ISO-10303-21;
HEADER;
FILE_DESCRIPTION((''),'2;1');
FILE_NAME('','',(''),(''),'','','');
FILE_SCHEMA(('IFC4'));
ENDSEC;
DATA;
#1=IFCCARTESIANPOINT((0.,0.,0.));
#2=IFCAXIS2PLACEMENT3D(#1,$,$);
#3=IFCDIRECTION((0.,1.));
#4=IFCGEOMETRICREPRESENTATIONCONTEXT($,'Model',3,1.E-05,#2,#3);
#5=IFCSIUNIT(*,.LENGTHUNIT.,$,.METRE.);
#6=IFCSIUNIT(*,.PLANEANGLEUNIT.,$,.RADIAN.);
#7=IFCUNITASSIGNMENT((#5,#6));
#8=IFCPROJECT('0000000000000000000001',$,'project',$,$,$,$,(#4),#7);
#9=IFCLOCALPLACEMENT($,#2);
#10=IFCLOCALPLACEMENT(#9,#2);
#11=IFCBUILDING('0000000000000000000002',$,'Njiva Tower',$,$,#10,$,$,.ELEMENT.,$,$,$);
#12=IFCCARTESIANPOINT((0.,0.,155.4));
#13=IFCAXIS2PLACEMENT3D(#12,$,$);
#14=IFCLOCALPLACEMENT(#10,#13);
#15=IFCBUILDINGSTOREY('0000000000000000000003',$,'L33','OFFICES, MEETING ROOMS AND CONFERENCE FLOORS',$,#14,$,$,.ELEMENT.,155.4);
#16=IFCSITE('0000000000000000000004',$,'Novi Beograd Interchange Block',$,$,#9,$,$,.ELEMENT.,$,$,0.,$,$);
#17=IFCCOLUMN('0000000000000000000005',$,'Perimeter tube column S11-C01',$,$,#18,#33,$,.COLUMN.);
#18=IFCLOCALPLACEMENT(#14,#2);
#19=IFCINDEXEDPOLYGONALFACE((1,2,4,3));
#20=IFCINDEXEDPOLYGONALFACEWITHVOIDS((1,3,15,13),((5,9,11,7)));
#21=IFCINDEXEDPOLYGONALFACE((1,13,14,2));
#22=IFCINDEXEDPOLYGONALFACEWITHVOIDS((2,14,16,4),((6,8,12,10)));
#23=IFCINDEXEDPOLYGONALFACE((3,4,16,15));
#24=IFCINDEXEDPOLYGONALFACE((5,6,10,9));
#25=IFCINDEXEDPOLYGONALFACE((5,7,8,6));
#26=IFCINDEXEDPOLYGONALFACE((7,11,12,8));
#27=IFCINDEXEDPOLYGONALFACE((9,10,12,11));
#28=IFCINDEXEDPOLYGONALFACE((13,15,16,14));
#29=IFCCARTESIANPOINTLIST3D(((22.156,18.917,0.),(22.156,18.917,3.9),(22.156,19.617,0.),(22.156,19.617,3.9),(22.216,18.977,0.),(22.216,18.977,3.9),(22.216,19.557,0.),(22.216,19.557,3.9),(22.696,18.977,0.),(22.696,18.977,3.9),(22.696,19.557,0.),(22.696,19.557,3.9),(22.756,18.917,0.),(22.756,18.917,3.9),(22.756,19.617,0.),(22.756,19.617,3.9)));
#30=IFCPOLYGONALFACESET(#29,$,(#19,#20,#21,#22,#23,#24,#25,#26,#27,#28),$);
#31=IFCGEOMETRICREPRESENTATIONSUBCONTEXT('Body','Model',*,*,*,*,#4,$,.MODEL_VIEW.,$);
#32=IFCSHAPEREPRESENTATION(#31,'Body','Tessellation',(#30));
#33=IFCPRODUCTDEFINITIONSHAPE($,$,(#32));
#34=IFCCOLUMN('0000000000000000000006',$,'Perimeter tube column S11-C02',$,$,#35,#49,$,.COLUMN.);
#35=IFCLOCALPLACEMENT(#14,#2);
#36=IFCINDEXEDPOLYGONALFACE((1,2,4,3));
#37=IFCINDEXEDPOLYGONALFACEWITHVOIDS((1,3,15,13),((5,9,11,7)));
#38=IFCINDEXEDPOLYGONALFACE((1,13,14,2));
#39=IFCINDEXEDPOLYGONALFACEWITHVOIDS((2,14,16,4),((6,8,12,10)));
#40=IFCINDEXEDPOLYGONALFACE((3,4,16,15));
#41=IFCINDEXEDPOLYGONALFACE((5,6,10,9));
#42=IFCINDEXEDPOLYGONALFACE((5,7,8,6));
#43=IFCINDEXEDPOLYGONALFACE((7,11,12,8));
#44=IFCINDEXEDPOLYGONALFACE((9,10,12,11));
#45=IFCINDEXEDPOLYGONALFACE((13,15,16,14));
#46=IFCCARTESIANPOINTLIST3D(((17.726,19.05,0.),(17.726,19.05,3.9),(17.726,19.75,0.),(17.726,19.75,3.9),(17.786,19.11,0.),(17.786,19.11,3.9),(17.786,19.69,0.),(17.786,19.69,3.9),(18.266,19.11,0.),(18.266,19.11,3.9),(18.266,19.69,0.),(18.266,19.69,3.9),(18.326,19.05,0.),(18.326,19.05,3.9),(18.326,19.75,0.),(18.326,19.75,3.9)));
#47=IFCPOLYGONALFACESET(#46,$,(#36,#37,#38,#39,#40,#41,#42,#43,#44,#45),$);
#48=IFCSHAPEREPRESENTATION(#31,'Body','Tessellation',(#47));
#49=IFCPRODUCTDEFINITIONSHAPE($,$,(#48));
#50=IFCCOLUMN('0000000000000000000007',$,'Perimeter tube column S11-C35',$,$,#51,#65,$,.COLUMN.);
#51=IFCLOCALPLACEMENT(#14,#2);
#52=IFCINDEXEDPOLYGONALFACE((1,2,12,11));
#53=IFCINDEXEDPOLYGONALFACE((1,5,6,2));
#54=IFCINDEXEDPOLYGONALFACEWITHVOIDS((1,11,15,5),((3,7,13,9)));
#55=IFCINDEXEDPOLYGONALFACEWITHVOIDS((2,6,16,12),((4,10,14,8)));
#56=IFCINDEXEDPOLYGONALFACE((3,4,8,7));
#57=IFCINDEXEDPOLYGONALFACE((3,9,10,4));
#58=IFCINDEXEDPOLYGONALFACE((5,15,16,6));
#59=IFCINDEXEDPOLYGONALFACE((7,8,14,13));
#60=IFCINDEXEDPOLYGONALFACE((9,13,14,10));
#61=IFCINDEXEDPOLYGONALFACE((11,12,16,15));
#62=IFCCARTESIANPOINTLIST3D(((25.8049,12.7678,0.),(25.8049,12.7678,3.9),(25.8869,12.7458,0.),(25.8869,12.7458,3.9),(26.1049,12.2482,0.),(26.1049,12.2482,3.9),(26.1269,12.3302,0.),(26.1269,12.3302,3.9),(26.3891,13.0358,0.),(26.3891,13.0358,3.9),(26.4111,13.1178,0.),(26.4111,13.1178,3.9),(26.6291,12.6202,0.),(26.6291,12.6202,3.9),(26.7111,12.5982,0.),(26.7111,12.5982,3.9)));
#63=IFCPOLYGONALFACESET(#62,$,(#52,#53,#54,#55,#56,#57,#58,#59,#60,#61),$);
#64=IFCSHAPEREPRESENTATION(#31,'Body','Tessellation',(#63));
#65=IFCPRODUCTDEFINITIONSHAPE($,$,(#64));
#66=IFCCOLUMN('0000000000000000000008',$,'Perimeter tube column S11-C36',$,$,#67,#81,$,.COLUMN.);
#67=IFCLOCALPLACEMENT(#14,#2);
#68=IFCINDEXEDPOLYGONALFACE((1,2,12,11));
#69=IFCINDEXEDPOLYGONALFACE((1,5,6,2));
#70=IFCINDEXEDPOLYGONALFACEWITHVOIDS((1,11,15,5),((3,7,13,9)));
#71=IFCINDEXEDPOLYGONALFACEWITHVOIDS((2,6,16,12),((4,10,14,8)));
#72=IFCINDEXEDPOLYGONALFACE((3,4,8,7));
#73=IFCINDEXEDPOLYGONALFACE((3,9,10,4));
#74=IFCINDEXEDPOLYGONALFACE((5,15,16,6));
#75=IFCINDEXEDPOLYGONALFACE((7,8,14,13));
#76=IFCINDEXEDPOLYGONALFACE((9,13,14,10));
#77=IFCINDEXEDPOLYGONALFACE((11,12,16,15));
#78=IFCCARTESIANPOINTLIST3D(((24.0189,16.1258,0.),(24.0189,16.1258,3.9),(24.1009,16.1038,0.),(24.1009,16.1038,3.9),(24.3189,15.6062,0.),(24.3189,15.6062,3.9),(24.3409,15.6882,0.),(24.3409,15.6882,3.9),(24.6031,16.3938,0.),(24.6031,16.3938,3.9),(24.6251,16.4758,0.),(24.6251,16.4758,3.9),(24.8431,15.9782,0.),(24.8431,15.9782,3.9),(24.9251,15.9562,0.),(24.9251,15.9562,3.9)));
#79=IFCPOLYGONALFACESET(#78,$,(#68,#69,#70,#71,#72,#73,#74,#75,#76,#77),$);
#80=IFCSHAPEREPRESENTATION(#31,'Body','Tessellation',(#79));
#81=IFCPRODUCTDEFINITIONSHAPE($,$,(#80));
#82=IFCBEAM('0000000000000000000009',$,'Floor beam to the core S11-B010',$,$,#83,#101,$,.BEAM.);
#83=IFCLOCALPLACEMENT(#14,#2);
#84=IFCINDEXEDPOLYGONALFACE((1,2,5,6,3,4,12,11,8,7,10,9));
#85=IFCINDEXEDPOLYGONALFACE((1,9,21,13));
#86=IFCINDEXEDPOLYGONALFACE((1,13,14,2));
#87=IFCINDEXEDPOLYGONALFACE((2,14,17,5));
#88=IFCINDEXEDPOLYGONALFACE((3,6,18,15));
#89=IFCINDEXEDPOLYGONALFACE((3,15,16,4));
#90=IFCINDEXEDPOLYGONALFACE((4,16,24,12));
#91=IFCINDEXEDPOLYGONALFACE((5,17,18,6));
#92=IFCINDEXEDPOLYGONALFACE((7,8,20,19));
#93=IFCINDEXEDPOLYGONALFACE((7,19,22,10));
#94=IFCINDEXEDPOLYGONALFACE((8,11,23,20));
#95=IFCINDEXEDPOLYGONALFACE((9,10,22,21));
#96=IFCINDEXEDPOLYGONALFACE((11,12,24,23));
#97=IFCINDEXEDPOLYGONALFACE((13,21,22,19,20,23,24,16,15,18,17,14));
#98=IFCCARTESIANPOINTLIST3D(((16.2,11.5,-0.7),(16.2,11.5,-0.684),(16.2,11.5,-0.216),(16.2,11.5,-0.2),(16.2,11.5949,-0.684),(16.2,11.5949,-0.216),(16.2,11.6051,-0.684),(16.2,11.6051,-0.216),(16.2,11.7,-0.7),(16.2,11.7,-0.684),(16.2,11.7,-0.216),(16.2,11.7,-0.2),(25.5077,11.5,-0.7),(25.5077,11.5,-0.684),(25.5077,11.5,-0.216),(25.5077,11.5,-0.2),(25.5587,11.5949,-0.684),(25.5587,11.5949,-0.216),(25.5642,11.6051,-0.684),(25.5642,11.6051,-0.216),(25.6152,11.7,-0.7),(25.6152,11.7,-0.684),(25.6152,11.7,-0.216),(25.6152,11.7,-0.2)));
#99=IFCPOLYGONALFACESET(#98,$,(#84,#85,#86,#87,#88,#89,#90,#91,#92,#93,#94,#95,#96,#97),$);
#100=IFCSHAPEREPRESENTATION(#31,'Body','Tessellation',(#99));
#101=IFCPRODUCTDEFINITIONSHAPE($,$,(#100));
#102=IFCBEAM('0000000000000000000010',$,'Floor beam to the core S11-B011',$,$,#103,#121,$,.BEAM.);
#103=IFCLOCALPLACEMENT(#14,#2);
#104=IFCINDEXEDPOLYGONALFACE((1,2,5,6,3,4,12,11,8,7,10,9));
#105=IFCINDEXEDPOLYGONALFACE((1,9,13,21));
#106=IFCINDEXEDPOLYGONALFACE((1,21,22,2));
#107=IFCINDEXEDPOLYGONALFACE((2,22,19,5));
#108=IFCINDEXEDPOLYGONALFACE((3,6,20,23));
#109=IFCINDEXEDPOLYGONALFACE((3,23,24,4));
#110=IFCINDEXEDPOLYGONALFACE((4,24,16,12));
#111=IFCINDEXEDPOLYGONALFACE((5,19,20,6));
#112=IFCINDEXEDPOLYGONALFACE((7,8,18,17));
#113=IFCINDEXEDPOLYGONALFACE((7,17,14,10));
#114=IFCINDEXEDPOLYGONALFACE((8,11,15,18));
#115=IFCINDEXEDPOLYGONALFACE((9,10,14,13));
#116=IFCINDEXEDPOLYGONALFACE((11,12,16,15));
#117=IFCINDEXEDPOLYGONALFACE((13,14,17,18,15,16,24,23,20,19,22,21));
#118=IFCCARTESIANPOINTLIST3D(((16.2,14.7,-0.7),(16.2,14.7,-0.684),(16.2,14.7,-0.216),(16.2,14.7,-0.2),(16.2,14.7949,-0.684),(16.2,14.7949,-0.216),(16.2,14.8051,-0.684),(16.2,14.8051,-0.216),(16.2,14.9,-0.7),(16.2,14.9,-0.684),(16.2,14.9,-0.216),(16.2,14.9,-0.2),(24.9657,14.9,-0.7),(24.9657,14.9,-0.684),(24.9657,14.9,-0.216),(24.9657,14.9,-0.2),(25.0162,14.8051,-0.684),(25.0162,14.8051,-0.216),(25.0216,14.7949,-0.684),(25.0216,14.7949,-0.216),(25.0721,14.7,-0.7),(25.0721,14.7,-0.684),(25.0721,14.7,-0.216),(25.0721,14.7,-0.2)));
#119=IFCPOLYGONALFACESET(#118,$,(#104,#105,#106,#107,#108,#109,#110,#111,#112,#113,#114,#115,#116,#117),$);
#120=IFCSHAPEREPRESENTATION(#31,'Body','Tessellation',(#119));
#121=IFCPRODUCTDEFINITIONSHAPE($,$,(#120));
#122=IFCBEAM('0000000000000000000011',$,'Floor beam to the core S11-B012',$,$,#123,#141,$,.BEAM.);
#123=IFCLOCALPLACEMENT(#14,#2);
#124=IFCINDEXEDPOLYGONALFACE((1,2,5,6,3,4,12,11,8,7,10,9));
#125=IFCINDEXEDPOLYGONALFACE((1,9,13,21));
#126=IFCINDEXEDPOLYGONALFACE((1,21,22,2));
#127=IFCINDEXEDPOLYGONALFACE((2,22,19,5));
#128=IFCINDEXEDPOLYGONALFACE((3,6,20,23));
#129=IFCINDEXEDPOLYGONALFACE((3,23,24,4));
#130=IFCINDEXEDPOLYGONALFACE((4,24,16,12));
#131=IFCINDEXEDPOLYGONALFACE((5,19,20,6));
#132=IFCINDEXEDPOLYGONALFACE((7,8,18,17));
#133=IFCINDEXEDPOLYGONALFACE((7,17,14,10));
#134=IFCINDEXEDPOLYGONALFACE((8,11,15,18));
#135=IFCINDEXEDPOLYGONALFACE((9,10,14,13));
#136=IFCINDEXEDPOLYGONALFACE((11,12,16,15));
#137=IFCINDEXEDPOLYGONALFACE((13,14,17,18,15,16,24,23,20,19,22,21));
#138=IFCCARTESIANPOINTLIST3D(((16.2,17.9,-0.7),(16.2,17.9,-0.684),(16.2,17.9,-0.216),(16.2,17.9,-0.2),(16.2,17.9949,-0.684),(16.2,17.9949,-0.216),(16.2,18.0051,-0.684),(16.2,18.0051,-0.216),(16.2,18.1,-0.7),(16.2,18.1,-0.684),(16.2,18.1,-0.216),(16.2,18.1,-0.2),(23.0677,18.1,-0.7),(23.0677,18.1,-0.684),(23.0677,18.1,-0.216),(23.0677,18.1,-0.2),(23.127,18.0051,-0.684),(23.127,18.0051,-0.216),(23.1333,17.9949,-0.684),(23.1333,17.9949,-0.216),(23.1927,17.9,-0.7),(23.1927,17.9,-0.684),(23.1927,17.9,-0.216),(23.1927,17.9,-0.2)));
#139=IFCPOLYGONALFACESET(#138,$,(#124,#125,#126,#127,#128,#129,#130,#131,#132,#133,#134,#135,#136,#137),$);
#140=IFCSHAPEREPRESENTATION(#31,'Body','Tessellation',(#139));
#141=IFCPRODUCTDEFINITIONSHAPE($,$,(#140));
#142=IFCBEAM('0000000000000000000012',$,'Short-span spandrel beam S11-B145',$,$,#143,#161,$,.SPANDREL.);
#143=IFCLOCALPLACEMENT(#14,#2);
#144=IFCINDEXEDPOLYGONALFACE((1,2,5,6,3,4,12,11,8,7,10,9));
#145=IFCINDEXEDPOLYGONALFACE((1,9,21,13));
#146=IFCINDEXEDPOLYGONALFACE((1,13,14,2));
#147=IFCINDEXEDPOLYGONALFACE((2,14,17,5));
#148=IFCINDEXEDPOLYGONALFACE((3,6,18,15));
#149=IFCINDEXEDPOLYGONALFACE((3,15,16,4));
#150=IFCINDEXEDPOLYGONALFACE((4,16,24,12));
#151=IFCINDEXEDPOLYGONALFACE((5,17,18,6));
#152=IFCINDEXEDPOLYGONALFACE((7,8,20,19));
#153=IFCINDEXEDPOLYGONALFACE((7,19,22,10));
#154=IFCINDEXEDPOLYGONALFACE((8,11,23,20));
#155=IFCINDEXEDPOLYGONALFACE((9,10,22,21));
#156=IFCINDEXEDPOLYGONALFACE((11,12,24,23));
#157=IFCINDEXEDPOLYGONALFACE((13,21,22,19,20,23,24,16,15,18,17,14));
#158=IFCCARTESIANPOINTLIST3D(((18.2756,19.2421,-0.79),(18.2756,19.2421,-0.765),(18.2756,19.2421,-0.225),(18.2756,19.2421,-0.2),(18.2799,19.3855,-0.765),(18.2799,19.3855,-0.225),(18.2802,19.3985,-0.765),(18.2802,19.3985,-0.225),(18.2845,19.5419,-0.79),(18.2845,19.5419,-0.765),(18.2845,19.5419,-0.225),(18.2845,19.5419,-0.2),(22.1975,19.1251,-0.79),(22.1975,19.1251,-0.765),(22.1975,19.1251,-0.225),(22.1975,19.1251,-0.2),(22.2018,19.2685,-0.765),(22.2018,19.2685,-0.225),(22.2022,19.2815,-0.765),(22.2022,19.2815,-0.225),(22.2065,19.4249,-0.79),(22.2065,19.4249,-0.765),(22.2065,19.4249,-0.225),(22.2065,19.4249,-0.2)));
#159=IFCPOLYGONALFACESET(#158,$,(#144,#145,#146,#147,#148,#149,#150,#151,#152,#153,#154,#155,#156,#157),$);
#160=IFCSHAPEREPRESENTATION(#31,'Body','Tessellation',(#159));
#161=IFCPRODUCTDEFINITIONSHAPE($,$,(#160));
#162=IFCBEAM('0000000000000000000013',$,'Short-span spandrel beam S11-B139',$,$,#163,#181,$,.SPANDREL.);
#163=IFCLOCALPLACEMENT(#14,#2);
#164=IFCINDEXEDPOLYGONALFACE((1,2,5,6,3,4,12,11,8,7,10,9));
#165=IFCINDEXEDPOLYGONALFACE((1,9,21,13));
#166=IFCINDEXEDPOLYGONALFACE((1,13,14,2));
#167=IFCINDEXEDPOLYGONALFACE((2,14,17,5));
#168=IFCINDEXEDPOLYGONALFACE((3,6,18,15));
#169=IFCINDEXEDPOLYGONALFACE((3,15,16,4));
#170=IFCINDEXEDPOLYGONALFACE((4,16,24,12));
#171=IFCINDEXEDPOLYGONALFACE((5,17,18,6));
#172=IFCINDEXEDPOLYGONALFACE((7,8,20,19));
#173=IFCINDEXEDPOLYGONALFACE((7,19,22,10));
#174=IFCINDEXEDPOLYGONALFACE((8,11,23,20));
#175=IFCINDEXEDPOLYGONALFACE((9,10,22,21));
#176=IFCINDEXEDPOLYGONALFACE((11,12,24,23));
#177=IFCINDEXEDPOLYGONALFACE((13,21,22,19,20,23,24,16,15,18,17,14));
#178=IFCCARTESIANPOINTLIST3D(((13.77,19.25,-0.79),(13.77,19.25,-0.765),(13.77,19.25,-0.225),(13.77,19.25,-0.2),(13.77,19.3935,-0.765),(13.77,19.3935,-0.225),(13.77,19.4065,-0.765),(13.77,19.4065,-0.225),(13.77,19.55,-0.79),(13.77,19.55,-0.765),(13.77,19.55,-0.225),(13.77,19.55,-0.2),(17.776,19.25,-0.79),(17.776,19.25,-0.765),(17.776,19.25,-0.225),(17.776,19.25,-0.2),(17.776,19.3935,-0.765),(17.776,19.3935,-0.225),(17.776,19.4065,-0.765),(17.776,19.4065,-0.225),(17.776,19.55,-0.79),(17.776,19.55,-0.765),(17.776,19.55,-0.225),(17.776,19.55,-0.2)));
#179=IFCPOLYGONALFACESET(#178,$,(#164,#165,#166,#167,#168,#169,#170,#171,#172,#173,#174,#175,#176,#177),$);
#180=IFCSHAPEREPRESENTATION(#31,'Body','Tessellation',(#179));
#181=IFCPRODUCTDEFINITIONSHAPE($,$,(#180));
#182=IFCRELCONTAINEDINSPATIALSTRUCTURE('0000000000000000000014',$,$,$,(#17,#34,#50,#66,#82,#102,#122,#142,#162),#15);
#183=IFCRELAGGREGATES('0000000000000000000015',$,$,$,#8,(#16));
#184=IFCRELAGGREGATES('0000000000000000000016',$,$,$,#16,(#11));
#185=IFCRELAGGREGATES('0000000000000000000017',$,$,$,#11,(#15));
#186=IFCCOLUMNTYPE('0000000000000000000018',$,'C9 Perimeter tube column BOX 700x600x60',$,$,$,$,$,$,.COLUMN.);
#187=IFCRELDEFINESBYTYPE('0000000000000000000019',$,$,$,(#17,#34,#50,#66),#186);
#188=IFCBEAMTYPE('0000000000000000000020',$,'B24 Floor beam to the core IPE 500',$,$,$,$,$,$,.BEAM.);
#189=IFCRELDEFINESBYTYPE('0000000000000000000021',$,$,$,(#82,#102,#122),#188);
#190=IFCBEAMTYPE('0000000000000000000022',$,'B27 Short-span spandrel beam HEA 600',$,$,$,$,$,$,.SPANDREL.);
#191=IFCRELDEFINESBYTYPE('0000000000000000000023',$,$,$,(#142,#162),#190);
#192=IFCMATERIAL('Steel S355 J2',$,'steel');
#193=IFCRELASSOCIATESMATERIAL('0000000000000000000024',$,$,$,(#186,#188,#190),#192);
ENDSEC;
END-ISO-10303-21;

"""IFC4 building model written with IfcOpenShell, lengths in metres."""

from ifc_helpers import new_model, si_unit, direction, frame, origin, origin_2d, place, context, subcontext, project, spatial, hollow_rectangle, i_section, extrude, clip, halfspace, material, material_profile, profile_set, type_object, element, save


model = new_model("IFC4")

# Units and contexts
model_context = context("Model", 3, precision=1e-05, world=origin(), true_north=direction((0.0, 1.0)))
body_context = subcontext(model_context, "Body", "Model", "MODEL_VIEW")
ifc_project = project(units=[si_unit("LENGTHUNIT", "METRE"), si_unit("PLANEANGLEUNIT", "RADIAN")], contexts=[model_context])

# Site, building, storey
site_placement = place(None, origin())
site = spatial("IfcSite", under=ifc_project, at=site_placement, Name="Novi Beograd Interchange Block", CompositionType="ELEMENT", RefElevation=0.0)
building_placement = place(site_placement, origin())
building = spatial("IfcBuilding", under=site, at=building_placement, Name="Njiva Tower", CompositionType="ELEMENT")
storey_placement = place(building_placement, frame((0.0, 0.0, 155.4)))
storey = spatial("IfcBuildingStorey", under=building, at=storey_placement, Name="L33", Description="OFFICES, MEETING ROOMS AND CONFERENCE FLOORS", CompositionType="ELEMENT", Elevation=155.4)

# Columns
ifc_material_1 = material(Name="Steel S355 J2", Category="steel")
ifc_material_profile_1 = material_profile(ifc_material_1, hollow_rectangle(XDim=0.6, YDim=0.7, WallThickness=0.06, at=origin_2d()), Name="BOX 700x600x60")
ifc_profile_set_1 = profile_set([ifc_material_profile_1], Name="Steel S355 J2")
column_type = type_object("IfcColumnType", Name="C9 Perimeter tube column BOX 700x600x60", PredefinedType="COLUMN", material=ifc_profile_set_1)
for number, where, z_axis, x_axis, name in (
    (1, (22.456, 19.267, 0.0), (0.0, 0.0, 1.0), (-1.0, 0.0, 0.0), "Perimeter tube column S11-C01"),
    (2, (18.026, 19.4, 0.0), (0.0, 0.0, 1.0), (-1.0, 0.0, 0.0), "Perimeter tube column S11-C02"),
    (3, (26.258, 12.683, 0.0), (0.0, 0.0, 1.0), (-0.5, 0.866025, 0.0), "Perimeter tube column S11-C35"),
    (4, (24.472, 16.041, 0.0), (0.0, 0.0, 1.0), (-0.5, 0.866025, 0.0), "Perimeter tube column S11-C36"),
):
    element("IfcColumn", number, at=place(storey_placement, frame(where, z_axis=z_axis, x_axis=x_axis)), inside=storey, type_object=column_type, Name=name, PredefinedType="COLUMN", context=body_context, shape_type="SweptSolid", body=[
        extrude(hollow_rectangle(XDim=0.6, YDim=0.7, WallThickness=0.06, at=origin_2d()), origin(), (0.0, 0.0, 1.0), 3.9),
    ])

# Beams
ifc_material_profile_2 = material_profile(ifc_material_1, i_section(OverallWidth=0.2, OverallDepth=0.5, WebThickness=0.0102, FlangeThickness=0.016, at=origin_2d()), Name="IPE 500")
ifc_profile_set_2 = profile_set([ifc_material_profile_2], Name="Steel S355 J2")
beam_type_1 = type_object("IfcBeamType", Name="B24 Floor beam to the core IPE 500", PredefinedType="BEAM", material=ifc_profile_set_2)
beam_1_placement = place(storey_placement, frame((16.2, 11.6, -0.45), z_axis=(1.0, 0.0, 0.0), x_axis=(0.0, 1.0, 0.0)))
element("IfcBeam", 5, at=beam_1_placement, inside=storey, type_object=beam_type_1, Name="Floor beam to the core S11-B010", PredefinedType="BEAM", context=body_context, shape_type="Clipping", body=[
    clip(extrude(i_section(OverallWidth=0.2, OverallDepth=0.5, WebThickness=0.0102, FlangeThickness=0.016, at=origin_2d()), origin(), (0.0, 0.0, 1.0), 9.435), halfspace(frame((-0.0237, 0.0, 9.3487), z_axis=(-0.473762, 0.0, 0.880653), x_axis=(0.0, 1.0, 0.0)), False)),
])
beam_2_placement = place(storey_placement, frame((16.2, 14.8, -0.45), z_axis=(1.0, 0.0, 0.0), x_axis=(0.0, 1.0, 0.0)))
element("IfcBeam", 6, at=beam_2_placement, inside=storey, type_object=beam_type_1, Name="Floor beam to the core S11-B011", PredefinedType="BEAM", context=body_context, shape_type="Clipping", body=[
    clip(extrude(i_section(OverallWidth=0.2, OverallDepth=0.5, WebThickness=0.0102, FlangeThickness=0.016, at=origin_2d()), origin(), (0.0, 0.0, 1.0), 8.892), halfspace(frame((0.0235, 0.0, 8.8064), z_axis=(0.46939, 0.0, 0.882991), x_axis=(0.0, 1.0, 0.0)), False)),
])
beam_3_placement = place(storey_placement, frame((16.2, 18.0, -0.45), z_axis=(1.0, 0.0, 0.0), x_axis=(0.0, 1.0, 0.0)))
element("IfcBeam", 7, at=beam_3_placement, inside=storey, type_object=beam_type_1, Name="Floor beam to the core S11-B012", PredefinedType="BEAM", context=body_context, shape_type="Clipping", body=[
    clip(extrude(i_section(OverallWidth=0.2, OverallDepth=0.5, WebThickness=0.0102, FlangeThickness=0.016, at=origin_2d()), origin(), (0.0, 0.0, 1.0), 7.013), halfspace(frame((0.0265, 0.0, 6.9136), z_axis=(0.529999, 0.0, 0.847998), x_axis=(0.0, 1.0, 0.0)), False)),
])
ifc_material_profile_3 = material_profile(ifc_material_1, i_section(OverallWidth=0.3, OverallDepth=0.59, WebThickness=0.013, FlangeThickness=0.025, at=origin_2d()), Name="HEA 600")
ifc_profile_set_3 = profile_set([ifc_material_profile_3], Name="Steel S355 J2")
beam_type_2 = type_object("IfcBeamType", Name="B27 Short-span spandrel beam HEA 600", PredefinedType="SPANDREL", material=ifc_profile_set_3)
beam_4_placement = place(storey_placement, frame((22.202, 19.275, -0.495), z_axis=(-0.999555, 0.029818, 0.0), x_axis=(-0.029818, -0.999555, 0.0)))
element("IfcBeam", 8, at=beam_4_placement, inside=storey, type_object=beam_type_2, Name="Short-span spandrel beam S11-B145", PredefinedType="SPANDREL", context=body_context, shape_type="SweptSolid", body=[
    extrude(i_section(OverallWidth=0.3, OverallDepth=0.59, WebThickness=0.013, FlangeThickness=0.025, at=origin_2d()), origin(), (0.0, 0.0, 1.0), 3.9237),
])
beam_5_placement = place(storey_placement, frame((17.776, 19.4, -0.495), z_axis=(-1.0, 0.0, 0.0), x_axis=(0.0, -1.0, 0.0)))
element("IfcBeam", 9, at=beam_5_placement, inside=storey, type_object=beam_type_2, Name="Short-span spandrel beam S11-B139", PredefinedType="SPANDREL", context=body_context, shape_type="SweptSolid", body=[
    extrude(i_section(OverallWidth=0.3, OverallDepth=0.59, WebThickness=0.013, FlangeThickness=0.025, at=origin_2d()), origin(), (0.0, 0.0, 1.0), 4.006),
])

save(model, "model.ifc")
